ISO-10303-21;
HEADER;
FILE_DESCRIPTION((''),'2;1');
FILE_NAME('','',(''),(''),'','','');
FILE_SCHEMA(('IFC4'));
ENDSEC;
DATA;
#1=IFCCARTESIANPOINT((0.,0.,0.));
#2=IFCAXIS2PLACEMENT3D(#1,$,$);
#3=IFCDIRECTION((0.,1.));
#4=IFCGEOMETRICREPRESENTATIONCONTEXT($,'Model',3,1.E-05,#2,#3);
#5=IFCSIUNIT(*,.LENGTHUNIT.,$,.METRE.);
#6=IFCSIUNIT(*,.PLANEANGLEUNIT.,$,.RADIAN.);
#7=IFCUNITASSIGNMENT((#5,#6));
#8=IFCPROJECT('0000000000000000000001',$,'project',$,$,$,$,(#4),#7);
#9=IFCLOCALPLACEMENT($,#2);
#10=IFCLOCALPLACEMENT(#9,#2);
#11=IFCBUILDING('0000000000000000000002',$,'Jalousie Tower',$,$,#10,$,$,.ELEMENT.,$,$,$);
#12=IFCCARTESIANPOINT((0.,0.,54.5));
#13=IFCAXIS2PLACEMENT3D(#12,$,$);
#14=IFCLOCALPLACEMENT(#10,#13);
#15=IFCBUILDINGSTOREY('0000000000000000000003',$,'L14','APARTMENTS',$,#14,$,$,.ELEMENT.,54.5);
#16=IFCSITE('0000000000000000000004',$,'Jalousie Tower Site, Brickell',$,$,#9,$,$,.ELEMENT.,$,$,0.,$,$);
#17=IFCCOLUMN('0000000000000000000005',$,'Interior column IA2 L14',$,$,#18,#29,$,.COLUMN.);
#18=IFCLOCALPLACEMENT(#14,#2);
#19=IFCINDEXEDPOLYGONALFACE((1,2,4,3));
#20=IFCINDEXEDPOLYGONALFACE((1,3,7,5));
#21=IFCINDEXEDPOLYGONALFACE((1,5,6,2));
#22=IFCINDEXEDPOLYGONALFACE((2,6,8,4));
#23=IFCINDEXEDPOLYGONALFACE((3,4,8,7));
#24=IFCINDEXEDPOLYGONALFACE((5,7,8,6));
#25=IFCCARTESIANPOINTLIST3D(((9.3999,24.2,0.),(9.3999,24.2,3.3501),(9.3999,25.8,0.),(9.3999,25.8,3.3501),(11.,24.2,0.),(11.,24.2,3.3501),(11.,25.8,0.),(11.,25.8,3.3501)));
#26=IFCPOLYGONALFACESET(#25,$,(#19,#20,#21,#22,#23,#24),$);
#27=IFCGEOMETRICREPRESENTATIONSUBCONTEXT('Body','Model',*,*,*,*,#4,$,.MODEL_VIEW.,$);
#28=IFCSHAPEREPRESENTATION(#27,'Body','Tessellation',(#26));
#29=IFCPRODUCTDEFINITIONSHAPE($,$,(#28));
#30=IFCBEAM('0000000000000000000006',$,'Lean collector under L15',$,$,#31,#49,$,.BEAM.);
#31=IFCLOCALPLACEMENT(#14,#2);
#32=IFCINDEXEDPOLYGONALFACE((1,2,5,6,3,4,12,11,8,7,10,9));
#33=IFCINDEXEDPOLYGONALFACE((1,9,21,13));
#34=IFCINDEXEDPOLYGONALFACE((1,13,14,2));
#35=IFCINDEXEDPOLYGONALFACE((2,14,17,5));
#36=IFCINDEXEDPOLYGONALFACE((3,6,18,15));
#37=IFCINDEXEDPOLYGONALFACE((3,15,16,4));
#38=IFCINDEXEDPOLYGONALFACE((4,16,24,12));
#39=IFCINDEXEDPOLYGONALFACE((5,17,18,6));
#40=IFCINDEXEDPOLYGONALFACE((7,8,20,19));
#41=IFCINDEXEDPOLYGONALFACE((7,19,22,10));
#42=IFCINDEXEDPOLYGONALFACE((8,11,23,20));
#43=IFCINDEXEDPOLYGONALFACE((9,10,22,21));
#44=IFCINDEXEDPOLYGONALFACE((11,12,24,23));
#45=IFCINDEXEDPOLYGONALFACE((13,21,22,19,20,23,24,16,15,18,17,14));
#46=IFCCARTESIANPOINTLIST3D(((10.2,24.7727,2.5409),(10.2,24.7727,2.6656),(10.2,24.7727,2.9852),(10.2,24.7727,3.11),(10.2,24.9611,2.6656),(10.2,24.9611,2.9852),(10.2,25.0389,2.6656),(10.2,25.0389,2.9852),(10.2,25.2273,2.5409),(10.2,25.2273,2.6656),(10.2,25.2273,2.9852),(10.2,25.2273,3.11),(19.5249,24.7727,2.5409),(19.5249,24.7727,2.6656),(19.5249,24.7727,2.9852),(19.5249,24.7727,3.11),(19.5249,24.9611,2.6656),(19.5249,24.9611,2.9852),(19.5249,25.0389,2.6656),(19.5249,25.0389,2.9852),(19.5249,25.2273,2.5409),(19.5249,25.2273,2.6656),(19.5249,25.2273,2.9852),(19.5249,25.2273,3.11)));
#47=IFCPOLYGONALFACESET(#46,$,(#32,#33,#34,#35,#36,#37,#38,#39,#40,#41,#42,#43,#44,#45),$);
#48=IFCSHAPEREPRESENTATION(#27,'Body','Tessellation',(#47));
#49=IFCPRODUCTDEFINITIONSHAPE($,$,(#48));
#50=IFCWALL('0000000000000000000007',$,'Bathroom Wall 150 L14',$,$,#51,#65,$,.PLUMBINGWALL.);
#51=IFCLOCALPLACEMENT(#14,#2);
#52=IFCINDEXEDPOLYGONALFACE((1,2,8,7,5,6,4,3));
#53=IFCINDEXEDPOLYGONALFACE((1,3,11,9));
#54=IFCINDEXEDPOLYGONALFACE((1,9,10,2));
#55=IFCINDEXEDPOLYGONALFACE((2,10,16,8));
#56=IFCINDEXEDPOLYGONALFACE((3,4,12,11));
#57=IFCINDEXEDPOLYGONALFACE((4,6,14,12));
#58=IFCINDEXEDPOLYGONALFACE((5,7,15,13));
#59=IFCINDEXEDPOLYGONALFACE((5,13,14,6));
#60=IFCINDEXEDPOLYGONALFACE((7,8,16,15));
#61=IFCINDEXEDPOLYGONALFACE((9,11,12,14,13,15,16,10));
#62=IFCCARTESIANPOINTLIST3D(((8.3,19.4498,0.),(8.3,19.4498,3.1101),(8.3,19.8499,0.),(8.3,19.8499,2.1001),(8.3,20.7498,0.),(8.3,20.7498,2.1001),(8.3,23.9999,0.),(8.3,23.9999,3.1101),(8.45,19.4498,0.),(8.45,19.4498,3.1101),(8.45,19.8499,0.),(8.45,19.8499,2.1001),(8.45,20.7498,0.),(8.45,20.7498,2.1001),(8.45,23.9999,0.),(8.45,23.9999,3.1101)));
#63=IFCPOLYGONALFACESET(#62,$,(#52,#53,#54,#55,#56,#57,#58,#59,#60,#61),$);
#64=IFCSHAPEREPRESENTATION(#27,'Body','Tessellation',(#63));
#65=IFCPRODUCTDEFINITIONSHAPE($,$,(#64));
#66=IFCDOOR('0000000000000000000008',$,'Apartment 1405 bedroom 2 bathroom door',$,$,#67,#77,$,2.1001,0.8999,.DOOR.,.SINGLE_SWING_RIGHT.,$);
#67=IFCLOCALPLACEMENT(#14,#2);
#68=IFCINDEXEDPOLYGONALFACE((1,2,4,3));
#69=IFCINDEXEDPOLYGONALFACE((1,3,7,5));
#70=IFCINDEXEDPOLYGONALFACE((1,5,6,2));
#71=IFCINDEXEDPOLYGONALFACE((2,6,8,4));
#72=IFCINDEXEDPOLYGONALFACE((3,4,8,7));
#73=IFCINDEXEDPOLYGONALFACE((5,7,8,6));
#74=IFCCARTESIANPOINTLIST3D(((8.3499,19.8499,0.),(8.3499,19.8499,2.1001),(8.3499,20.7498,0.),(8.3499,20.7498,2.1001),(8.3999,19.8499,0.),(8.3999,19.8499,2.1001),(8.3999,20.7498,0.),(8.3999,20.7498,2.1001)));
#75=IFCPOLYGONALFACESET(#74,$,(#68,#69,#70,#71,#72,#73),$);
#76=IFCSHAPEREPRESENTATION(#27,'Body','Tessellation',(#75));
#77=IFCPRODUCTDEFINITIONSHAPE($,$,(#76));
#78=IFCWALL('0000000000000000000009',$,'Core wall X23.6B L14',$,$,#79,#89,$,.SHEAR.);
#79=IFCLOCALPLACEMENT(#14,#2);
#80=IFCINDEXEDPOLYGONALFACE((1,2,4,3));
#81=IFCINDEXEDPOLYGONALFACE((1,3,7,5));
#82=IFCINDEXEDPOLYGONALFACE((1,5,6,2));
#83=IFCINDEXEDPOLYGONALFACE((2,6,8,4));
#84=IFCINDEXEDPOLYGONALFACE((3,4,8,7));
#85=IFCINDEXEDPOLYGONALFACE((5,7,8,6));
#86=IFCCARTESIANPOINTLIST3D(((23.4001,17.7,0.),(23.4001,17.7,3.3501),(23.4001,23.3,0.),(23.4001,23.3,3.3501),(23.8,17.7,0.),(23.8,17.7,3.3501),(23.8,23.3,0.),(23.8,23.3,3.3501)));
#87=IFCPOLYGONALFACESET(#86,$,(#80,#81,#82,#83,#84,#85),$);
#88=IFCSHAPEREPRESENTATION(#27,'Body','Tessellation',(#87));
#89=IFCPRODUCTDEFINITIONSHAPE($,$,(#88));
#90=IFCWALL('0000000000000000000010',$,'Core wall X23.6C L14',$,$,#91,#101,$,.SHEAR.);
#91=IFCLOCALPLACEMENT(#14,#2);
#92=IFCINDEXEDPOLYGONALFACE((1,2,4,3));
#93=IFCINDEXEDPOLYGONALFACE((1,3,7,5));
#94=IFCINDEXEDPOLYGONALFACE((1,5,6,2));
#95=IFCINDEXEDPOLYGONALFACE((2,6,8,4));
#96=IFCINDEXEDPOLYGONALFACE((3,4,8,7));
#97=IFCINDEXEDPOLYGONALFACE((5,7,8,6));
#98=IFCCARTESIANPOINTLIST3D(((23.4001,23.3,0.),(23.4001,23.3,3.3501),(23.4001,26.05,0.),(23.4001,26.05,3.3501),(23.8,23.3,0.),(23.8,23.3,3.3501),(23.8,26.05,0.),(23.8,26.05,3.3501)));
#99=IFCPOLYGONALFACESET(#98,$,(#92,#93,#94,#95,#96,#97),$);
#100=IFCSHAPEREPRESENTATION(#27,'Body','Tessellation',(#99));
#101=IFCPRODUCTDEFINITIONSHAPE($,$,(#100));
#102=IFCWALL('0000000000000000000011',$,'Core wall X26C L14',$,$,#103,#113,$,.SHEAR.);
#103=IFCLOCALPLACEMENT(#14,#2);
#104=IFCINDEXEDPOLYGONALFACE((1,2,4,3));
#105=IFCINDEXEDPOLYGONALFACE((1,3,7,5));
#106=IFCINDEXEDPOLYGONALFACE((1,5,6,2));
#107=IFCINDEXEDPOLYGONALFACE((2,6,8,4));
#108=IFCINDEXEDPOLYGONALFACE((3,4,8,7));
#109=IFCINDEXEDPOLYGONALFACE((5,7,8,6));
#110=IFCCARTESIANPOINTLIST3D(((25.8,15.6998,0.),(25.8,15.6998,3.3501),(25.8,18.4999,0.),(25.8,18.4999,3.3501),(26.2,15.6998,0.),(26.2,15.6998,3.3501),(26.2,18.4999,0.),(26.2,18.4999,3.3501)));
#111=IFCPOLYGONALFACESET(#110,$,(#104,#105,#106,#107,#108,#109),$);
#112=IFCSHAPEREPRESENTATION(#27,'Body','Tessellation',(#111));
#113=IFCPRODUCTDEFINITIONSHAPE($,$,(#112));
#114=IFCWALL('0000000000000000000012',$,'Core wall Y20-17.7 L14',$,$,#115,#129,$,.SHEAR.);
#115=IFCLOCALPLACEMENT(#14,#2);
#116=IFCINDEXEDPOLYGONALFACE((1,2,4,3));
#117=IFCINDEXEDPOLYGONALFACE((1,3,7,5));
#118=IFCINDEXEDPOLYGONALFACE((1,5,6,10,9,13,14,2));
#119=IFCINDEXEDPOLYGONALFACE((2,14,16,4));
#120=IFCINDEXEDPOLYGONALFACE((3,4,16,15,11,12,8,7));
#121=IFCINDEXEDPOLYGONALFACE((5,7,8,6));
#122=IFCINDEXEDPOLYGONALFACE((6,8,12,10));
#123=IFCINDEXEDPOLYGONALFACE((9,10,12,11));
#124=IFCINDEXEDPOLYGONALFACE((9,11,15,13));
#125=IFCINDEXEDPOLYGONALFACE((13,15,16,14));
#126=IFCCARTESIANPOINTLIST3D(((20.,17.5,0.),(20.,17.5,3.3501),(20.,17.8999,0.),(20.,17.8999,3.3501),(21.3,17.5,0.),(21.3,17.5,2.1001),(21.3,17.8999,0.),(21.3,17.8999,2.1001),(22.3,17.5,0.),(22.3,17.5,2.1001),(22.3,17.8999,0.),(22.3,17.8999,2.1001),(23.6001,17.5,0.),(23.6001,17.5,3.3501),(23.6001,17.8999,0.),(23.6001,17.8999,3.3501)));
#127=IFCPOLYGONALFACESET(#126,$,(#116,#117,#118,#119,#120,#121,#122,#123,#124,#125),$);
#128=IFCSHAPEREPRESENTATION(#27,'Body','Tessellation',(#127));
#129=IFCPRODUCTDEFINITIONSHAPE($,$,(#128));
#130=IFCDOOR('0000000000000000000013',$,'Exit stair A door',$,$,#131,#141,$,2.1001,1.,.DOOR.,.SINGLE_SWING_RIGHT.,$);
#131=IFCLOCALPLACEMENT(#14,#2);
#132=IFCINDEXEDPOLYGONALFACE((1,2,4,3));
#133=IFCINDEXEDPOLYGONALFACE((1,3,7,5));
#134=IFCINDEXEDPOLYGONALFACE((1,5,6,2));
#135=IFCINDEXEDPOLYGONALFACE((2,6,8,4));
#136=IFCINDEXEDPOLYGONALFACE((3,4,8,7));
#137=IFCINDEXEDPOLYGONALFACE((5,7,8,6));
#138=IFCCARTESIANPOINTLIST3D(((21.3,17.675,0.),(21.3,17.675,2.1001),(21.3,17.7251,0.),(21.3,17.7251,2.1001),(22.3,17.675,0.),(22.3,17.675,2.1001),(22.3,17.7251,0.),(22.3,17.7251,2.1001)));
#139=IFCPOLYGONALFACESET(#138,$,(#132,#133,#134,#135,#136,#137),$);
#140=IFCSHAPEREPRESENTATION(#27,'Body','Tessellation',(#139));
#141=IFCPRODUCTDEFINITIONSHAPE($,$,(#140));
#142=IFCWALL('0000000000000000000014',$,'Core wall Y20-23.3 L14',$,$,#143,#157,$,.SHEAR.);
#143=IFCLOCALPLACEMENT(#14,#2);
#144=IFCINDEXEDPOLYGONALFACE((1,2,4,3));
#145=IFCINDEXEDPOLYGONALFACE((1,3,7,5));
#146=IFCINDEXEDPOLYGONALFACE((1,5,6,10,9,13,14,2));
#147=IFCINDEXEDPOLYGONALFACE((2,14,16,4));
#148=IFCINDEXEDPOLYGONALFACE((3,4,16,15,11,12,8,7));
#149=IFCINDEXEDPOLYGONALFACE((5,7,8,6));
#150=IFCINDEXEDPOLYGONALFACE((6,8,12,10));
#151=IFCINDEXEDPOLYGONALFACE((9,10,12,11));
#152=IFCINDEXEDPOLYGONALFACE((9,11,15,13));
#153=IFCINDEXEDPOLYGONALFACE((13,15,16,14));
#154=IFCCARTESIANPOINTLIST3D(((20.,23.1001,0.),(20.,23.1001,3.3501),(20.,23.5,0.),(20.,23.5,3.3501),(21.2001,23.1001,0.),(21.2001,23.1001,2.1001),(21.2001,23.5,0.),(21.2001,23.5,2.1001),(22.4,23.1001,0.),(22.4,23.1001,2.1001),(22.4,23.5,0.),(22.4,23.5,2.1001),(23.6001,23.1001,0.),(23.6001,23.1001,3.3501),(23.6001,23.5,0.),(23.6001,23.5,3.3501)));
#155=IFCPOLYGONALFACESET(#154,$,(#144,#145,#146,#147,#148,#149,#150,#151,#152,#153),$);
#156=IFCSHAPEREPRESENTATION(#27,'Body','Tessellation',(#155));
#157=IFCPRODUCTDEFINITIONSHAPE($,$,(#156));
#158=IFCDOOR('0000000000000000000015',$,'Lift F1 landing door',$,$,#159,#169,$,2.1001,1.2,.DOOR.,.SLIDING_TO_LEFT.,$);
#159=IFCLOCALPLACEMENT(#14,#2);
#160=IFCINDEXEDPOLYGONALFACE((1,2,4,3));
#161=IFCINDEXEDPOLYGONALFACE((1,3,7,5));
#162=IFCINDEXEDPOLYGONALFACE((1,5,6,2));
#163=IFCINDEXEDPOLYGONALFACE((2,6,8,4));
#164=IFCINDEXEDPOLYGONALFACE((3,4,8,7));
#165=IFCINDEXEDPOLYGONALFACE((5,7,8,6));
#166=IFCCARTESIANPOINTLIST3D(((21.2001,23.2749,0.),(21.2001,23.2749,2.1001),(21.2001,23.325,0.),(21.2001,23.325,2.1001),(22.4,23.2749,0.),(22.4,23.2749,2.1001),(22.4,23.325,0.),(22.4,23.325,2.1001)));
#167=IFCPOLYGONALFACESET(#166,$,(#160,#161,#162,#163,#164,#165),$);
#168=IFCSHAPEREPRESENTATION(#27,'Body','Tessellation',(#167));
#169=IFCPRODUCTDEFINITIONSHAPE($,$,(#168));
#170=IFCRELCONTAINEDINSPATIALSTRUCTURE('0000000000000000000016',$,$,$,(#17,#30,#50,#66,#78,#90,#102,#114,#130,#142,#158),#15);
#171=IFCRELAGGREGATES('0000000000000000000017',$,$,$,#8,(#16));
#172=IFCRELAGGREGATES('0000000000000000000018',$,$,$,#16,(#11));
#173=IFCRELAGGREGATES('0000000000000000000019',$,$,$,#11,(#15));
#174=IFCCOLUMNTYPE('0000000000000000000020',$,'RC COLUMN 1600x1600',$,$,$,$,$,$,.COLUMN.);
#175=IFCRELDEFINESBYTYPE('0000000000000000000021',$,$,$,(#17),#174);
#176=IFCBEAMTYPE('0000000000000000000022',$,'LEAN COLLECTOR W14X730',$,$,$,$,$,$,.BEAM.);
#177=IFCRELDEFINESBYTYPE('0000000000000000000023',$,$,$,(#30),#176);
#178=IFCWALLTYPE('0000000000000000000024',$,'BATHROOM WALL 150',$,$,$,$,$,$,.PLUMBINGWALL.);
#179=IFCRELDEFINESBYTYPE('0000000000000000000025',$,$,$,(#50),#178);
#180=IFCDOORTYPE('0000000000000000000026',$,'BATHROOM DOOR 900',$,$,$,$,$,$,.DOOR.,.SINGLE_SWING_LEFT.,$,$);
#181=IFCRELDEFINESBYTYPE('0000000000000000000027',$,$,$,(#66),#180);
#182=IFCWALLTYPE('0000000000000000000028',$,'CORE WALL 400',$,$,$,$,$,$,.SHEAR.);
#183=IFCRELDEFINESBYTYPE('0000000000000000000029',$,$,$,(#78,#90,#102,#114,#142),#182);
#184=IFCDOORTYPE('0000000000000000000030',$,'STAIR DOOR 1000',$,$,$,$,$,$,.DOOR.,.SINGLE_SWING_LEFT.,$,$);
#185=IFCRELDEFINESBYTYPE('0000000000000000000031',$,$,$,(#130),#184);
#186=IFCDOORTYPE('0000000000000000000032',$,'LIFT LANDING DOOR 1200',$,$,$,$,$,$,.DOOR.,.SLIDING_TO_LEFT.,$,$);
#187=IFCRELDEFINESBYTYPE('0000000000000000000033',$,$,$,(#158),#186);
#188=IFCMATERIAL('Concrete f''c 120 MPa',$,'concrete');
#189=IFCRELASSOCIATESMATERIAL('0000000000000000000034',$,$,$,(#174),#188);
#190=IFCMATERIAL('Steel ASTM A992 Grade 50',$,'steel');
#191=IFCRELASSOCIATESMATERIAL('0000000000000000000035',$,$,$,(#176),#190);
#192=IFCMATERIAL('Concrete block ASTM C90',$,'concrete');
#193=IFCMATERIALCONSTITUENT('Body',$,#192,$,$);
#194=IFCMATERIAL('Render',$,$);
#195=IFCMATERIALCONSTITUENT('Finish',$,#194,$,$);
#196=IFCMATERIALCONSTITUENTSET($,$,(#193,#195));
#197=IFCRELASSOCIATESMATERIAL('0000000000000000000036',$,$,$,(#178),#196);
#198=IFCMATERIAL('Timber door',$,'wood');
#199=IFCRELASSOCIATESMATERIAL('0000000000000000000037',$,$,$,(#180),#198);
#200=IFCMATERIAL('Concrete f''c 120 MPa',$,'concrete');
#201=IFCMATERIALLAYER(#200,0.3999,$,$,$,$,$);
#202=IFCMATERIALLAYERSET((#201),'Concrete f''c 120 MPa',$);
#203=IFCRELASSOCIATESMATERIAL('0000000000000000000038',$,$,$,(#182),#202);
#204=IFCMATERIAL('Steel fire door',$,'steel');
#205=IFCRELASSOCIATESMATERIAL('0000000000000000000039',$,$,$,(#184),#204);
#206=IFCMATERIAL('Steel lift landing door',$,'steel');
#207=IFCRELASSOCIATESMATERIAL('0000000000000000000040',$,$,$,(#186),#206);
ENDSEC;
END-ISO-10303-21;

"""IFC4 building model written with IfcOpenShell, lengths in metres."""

from ifc_helpers import new_model, si_unit, direction, frame, frame_2d, origin, origin_2d, place, context, subcontext, project, spatial, rectangle, i_section, extrude, material, layer, layer_set, constituent, constituent_set, material_profile, profile_set, type_object, element, fill, save


model = new_model("IFC4")

# Units and contexts
model_context = context("Model", 3, precision=1e-05, world=origin(), true_north=direction((0.0, 1.0)))
body_context = subcontext(model_context, "Body", "Model", "MODEL_VIEW")
ifc_project = project(units=[si_unit("LENGTHUNIT", "METRE"), si_unit("PLANEANGLEUNIT", "RADIAN")], contexts=[model_context])

# Site, building, storey
site_placement = place(None, origin())
site = spatial("IfcSite", under=ifc_project, at=site_placement, Name="Jalousie Tower Site, Brickell", CompositionType="ELEMENT", RefElevation=0.0)
building_placement = place(site_placement, origin())
building = spatial("IfcBuilding", under=site, at=building_placement, Name="Jalousie Tower", CompositionType="ELEMENT")
storey_placement = place(building_placement, frame((0.0, 0.0, 54.5)))
storey = spatial("IfcBuildingStorey", under=building, at=storey_placement, Name="L14", Description="APARTMENTS", CompositionType="ELEMENT", Elevation=54.5)

# Column
ifc_material_1 = material(Name="Concrete f'c 120 MPa", Category="concrete")
ifc_material_profile_1 = material_profile(ifc_material_1, rectangle(XDim=1.6001, YDim=1.6001, at=origin_2d()), Name="RC 1600x1600")
ifc_profile_set_1 = profile_set([ifc_material_profile_1], Name="Concrete f'c 120 MPa")
column_type = type_object("IfcColumnType", Name="RC COLUMN 1600x1600", PredefinedType="COLUMN", material=ifc_profile_set_1)
column_placement = place(storey_placement, frame((10.2, 25.0, 0.0), z_axis=(0.0, 0.0, 1.0), x_axis=(1.0, 0.0, 0.0)))
element("IfcColumn", 1, at=column_placement, inside=storey, type_object=column_type, Name="Interior column IA2 L14", PredefinedType="COLUMN", context=body_context, shape_type="SweptSolid", body=[
    extrude(rectangle(XDim=1.6001, YDim=1.6001, at=origin_2d()), origin(), (0.0, 0.0, 1.0), 3.3501),
])

# Beam
ifc_material_2 = material(Name="Steel ASTM A992 Grade 50", Category="steel")
ifc_material_profile_2 = material_profile(ifc_material_2, i_section(OverallWidth=0.4546, OverallDepth=0.5691, WebThickness=0.0779, FlangeThickness=0.1248, at=origin_2d()), Name="W14X730")
ifc_profile_set_2 = profile_set([ifc_material_profile_2], Name="Steel ASTM A992 Grade 50")
beam_type = type_object("IfcBeamType", Name="LEAN COLLECTOR W14X730", PredefinedType="BEAM", material=ifc_profile_set_2)
beam_placement = place(storey_placement, frame((10.2, 25.0, 2.8254), z_axis=(1.0, 0.0, 0.0), x_axis=(0.0, 1.0, 0.0)))
element("IfcBeam", 2, at=beam_placement, inside=storey, type_object=beam_type, Name="Lean collector under L15", PredefinedType="BEAM", context=body_context, shape_type="SweptSolid", body=[
    extrude(i_section(OverallWidth=0.4546, OverallDepth=0.5691, WebThickness=0.0779, FlangeThickness=0.1248, at=origin_2d()), origin(), (0.0, 0.0, 1.0), 9.325),
])

# Wall, opening, door
ifc_material_3 = material(Name="Concrete block ASTM C90", Category="concrete")
ifc_constituent_1 = constituent(ifc_material_3, Name="Body")
ifc_material_4 = material(Name="Render")
ifc_constituent_2 = constituent(ifc_material_4, Name="Finish")
ifc_constituent_set_1 = constituent_set(constituents=[ifc_constituent_1, ifc_constituent_2])
wall_type_1 = type_object("IfcWallType", Name="BATHROOM WALL 150", PredefinedType="PLUMBINGWALL", material=ifc_constituent_set_1)
wall_1_placement = place(storey_placement, frame((8.375, 19.45, 0.0), z_axis=(0.0, 0.0, 1.0), x_axis=(0.0, 1.0, 0.0)))
wall_1 = element("IfcWall", 3, at=wall_1_placement, inside=storey, type_object=wall_type_1, Name="Bathroom Wall 150 L14", PredefinedType="PLUMBINGWALL", context=body_context, shape_type="SweptSolid", body=[
    extrude(rectangle(XDim=4.55, YDim=0.1499, at=frame_2d((2.2749, 0.0))), origin(), (0.0, 0.0, 1.0), 3.1101),
])
opening_1_placement = place(wall_1_placement, frame((0.3999, 0.0, 0.0)))
opening_1 = element("IfcOpeningElement", 4, at=opening_1_placement, cuts=wall_1, PredefinedType="OPENING", context=body_context, shape_type="SweptSolid", body=[
    extrude(rectangle(XDim=0.8999, YDim=2.1001, at=frame_2d((0.45, 1.05))), frame((0.0, 0.085, 0.0), z_axis=(0.0, -1.0, 0.0), x_axis=(1.0, 0.0, 0.0)), (0.0, 0.0, 1.0), 0.1699),
])
ifc_material_5 = material(Name="Timber door", Category="wood")
door_type_1 = type_object("IfcDoorType", Name="BATHROOM DOOR 900", OperationType="SINGLE_SWING_LEFT", PredefinedType="DOOR", material=ifc_material_5)
door_1_placement = place(opening_1_placement, frame((0.8999, 0.0, 0.0), z_axis=(0.0, 0.0, 1.0), x_axis=(-1.0, 0.0, 0.0)))
door_1 = element("IfcDoor", 5, at=door_1_placement, inside=storey, type_object=door_type_1, Name="Apartment 1405 bedroom 2 bathroom door", OperationType="SINGLE_SWING_RIGHT", OverallHeight=2.1001, OverallWidth=0.8999, PredefinedType="DOOR", context=body_context, shape_type="SweptSolid", body=[
    extrude(rectangle(XDim=0.8999, YDim=2.1001, at=frame_2d((0.45, 1.05))), frame((0.0, 0.0249, 0.0), z_axis=(0.0, -1.0, 0.0), x_axis=(1.0, 0.0, 0.0)), (0.0, 0.0, 1.0), 0.05),
])
fill(opening_1, door_1)

# Walls
ifc_material_6 = material(Name="Concrete f'c 120 MPa", Category="concrete")
ifc_layer_1 = layer(ifc_material_6, 0.3999)
ifc_layer_set_1 = layer_set([ifc_layer_1], Name="Concrete f'c 120 MPa")
wall_type_2 = type_object("IfcWallType", Name="CORE WALL 400", PredefinedType="SHEAR", material=ifc_layer_set_1)
wall_2_placement = place(storey_placement, frame((23.6001, 17.7, 0.0), z_axis=(0.0, 0.0, 1.0), x_axis=(0.0, 1.0, 0.0)))
element("IfcWall", 6, at=wall_2_placement, inside=storey, type_object=wall_type_2, Name="Core wall X23.6B L14", PredefinedType="SHEAR", context=body_context, shape_type="SweptSolid", body=[
    extrude(rectangle(XDim=5.6001, YDim=0.3999, at=frame_2d((2.8, 0.0))), origin(), (0.0, 0.0, 1.0), 3.3501),
])
wall_3_placement = place(storey_placement, frame((23.6001, 23.3, 0.0), z_axis=(0.0, 0.0, 1.0), x_axis=(0.0, 1.0, 0.0)))
element("IfcWall", 7, at=wall_3_placement, inside=storey, type_object=wall_type_2, Name="Core wall X23.6C L14", PredefinedType="SHEAR", context=body_context, shape_type="SweptSolid", body=[
    extrude(rectangle(XDim=2.75, YDim=0.3999, at=frame_2d((1.375, 0.0))), origin(), (0.0, 0.0, 1.0), 3.3501),
])
wall_4_placement = place(storey_placement, frame((26.0, 15.7, 0.0), z_axis=(0.0, 0.0, 1.0), x_axis=(0.0, 1.0, 0.0)))
element("IfcWall", 8, at=wall_4_placement, inside=storey, type_object=wall_type_2, Name="Core wall X26C L14", PredefinedType="SHEAR", context=body_context, shape_type="SweptSolid", body=[
    extrude(rectangle(XDim=2.8, YDim=0.3999, at=frame_2d((1.3999, 0.0))), origin(), (0.0, 0.0, 1.0), 3.3501),
])

# Walls, openings, doors
wall_5_placement = place(storey_placement, frame((20.0, 17.7, 0.0), z_axis=(0.0, 0.0, 1.0), x_axis=(1.0, 0.0, 0.0)))
wall_5 = element("IfcWall", 9, at=wall_5_placement, inside=storey, type_object=wall_type_2, Name="Core wall Y20-17.7 L14", PredefinedType="SHEAR", context=body_context, shape_type="SweptSolid", body=[
    extrude(rectangle(XDim=3.6001, YDim=0.3999, at=frame_2d((1.8, 0.0))), origin(), (0.0, 0.0, 1.0), 3.3501),
])
opening_2_placement = place(wall_5_placement, frame((1.3, 0.0, 0.0)))
opening_2 = element("IfcOpeningElement", 10, at=opening_2_placement, cuts=wall_5, PredefinedType="OPENING", context=body_context, shape_type="SweptSolid", body=[
    extrude(rectangle(XDim=1.0, YDim=2.1001, at=frame_2d((0.5, 1.05))), frame((0.0, 0.21, 0.0), z_axis=(0.0, -1.0, 0.0), x_axis=(1.0, 0.0, 0.0)), (0.0, 0.0, 1.0), 0.4199),
])
ifc_material_7 = material(Name="Steel fire door", Category="steel")
door_type_2 = type_object("IfcDoorType", Name="STAIR DOOR 1000", OperationType="SINGLE_SWING_LEFT", PredefinedType="DOOR", material=ifc_material_7)
door_2_placement = place(opening_2_placement, frame((1.0, 0.0, 0.0), z_axis=(0.0, 0.0, 1.0), x_axis=(-1.0, 0.0, 0.0)))
door_2 = element("IfcDoor", 11, at=door_2_placement, inside=storey, type_object=door_type_2, Name="Exit stair A door", OperationType="SINGLE_SWING_RIGHT", OverallHeight=2.1001, OverallWidth=1.0, PredefinedType="DOOR", context=body_context, shape_type="SweptSolid", body=[
    extrude(rectangle(XDim=1.0, YDim=2.1001, at=frame_2d((0.5, 1.05))), frame((0.0, 0.0249, 0.0), z_axis=(0.0, -1.0, 0.0), x_axis=(1.0, 0.0, 0.0)), (0.0, 0.0, 1.0), 0.05),
])
fill(opening_2, door_2)
wall_6_placement = place(storey_placement, frame((20.0, 23.3, 0.0), z_axis=(0.0, 0.0, 1.0), x_axis=(1.0, 0.0, 0.0)))
wall_6 = element("IfcWall", 12, at=wall_6_placement, inside=storey, type_object=wall_type_2, Name="Core wall Y20-23.3 L14", PredefinedType="SHEAR", context=body_context, shape_type="SweptSolid", body=[
    extrude(rectangle(XDim=3.6001, YDim=0.3999, at=frame_2d((1.8, 0.0))), origin(), (0.0, 0.0, 1.0), 3.3501),
])
opening_3_placement = place(wall_6_placement, frame((1.2, 0.0, 0.0)))
opening_3 = element("IfcOpeningElement", 13, at=opening_3_placement, cuts=wall_6, PredefinedType="OPENING", context=body_context, shape_type="SweptSolid", body=[
    extrude(rectangle(XDim=1.2, YDim=2.1001, at=frame_2d((0.6001, 1.05))), frame((0.0, 0.21, 0.0), z_axis=(0.0, -1.0, 0.0), x_axis=(1.0, 0.0, 0.0)), (0.0, 0.0, 1.0), 0.4199),
])
ifc_material_8 = material(Name="Steel lift landing door", Category="steel")
door_type_3 = type_object("IfcDoorType", Name="LIFT LANDING DOOR 1200", OperationType="SLIDING_TO_LEFT", PredefinedType="DOOR", material=ifc_material_8)
door_3_placement = place(opening_3_placement, origin())
door_3 = element("IfcDoor", 14, at=door_3_placement, inside=storey, type_object=door_type_3, Name="Lift F1 landing door", OperationType="SLIDING_TO_LEFT", OverallHeight=2.1001, OverallWidth=1.2, PredefinedType="DOOR", context=body_context, shape_type="SweptSolid", body=[
    extrude(rectangle(XDim=1.2, YDim=2.1001, at=frame_2d((0.6001, 1.05))), frame((0.0, 0.0249, 0.0), z_axis=(0.0, -1.0, 0.0), x_axis=(1.0, 0.0, 0.0)), (0.0, 0.0, 1.0), 0.05),
])
fill(opening_3, door_3)

save(model, "model.ifc")
